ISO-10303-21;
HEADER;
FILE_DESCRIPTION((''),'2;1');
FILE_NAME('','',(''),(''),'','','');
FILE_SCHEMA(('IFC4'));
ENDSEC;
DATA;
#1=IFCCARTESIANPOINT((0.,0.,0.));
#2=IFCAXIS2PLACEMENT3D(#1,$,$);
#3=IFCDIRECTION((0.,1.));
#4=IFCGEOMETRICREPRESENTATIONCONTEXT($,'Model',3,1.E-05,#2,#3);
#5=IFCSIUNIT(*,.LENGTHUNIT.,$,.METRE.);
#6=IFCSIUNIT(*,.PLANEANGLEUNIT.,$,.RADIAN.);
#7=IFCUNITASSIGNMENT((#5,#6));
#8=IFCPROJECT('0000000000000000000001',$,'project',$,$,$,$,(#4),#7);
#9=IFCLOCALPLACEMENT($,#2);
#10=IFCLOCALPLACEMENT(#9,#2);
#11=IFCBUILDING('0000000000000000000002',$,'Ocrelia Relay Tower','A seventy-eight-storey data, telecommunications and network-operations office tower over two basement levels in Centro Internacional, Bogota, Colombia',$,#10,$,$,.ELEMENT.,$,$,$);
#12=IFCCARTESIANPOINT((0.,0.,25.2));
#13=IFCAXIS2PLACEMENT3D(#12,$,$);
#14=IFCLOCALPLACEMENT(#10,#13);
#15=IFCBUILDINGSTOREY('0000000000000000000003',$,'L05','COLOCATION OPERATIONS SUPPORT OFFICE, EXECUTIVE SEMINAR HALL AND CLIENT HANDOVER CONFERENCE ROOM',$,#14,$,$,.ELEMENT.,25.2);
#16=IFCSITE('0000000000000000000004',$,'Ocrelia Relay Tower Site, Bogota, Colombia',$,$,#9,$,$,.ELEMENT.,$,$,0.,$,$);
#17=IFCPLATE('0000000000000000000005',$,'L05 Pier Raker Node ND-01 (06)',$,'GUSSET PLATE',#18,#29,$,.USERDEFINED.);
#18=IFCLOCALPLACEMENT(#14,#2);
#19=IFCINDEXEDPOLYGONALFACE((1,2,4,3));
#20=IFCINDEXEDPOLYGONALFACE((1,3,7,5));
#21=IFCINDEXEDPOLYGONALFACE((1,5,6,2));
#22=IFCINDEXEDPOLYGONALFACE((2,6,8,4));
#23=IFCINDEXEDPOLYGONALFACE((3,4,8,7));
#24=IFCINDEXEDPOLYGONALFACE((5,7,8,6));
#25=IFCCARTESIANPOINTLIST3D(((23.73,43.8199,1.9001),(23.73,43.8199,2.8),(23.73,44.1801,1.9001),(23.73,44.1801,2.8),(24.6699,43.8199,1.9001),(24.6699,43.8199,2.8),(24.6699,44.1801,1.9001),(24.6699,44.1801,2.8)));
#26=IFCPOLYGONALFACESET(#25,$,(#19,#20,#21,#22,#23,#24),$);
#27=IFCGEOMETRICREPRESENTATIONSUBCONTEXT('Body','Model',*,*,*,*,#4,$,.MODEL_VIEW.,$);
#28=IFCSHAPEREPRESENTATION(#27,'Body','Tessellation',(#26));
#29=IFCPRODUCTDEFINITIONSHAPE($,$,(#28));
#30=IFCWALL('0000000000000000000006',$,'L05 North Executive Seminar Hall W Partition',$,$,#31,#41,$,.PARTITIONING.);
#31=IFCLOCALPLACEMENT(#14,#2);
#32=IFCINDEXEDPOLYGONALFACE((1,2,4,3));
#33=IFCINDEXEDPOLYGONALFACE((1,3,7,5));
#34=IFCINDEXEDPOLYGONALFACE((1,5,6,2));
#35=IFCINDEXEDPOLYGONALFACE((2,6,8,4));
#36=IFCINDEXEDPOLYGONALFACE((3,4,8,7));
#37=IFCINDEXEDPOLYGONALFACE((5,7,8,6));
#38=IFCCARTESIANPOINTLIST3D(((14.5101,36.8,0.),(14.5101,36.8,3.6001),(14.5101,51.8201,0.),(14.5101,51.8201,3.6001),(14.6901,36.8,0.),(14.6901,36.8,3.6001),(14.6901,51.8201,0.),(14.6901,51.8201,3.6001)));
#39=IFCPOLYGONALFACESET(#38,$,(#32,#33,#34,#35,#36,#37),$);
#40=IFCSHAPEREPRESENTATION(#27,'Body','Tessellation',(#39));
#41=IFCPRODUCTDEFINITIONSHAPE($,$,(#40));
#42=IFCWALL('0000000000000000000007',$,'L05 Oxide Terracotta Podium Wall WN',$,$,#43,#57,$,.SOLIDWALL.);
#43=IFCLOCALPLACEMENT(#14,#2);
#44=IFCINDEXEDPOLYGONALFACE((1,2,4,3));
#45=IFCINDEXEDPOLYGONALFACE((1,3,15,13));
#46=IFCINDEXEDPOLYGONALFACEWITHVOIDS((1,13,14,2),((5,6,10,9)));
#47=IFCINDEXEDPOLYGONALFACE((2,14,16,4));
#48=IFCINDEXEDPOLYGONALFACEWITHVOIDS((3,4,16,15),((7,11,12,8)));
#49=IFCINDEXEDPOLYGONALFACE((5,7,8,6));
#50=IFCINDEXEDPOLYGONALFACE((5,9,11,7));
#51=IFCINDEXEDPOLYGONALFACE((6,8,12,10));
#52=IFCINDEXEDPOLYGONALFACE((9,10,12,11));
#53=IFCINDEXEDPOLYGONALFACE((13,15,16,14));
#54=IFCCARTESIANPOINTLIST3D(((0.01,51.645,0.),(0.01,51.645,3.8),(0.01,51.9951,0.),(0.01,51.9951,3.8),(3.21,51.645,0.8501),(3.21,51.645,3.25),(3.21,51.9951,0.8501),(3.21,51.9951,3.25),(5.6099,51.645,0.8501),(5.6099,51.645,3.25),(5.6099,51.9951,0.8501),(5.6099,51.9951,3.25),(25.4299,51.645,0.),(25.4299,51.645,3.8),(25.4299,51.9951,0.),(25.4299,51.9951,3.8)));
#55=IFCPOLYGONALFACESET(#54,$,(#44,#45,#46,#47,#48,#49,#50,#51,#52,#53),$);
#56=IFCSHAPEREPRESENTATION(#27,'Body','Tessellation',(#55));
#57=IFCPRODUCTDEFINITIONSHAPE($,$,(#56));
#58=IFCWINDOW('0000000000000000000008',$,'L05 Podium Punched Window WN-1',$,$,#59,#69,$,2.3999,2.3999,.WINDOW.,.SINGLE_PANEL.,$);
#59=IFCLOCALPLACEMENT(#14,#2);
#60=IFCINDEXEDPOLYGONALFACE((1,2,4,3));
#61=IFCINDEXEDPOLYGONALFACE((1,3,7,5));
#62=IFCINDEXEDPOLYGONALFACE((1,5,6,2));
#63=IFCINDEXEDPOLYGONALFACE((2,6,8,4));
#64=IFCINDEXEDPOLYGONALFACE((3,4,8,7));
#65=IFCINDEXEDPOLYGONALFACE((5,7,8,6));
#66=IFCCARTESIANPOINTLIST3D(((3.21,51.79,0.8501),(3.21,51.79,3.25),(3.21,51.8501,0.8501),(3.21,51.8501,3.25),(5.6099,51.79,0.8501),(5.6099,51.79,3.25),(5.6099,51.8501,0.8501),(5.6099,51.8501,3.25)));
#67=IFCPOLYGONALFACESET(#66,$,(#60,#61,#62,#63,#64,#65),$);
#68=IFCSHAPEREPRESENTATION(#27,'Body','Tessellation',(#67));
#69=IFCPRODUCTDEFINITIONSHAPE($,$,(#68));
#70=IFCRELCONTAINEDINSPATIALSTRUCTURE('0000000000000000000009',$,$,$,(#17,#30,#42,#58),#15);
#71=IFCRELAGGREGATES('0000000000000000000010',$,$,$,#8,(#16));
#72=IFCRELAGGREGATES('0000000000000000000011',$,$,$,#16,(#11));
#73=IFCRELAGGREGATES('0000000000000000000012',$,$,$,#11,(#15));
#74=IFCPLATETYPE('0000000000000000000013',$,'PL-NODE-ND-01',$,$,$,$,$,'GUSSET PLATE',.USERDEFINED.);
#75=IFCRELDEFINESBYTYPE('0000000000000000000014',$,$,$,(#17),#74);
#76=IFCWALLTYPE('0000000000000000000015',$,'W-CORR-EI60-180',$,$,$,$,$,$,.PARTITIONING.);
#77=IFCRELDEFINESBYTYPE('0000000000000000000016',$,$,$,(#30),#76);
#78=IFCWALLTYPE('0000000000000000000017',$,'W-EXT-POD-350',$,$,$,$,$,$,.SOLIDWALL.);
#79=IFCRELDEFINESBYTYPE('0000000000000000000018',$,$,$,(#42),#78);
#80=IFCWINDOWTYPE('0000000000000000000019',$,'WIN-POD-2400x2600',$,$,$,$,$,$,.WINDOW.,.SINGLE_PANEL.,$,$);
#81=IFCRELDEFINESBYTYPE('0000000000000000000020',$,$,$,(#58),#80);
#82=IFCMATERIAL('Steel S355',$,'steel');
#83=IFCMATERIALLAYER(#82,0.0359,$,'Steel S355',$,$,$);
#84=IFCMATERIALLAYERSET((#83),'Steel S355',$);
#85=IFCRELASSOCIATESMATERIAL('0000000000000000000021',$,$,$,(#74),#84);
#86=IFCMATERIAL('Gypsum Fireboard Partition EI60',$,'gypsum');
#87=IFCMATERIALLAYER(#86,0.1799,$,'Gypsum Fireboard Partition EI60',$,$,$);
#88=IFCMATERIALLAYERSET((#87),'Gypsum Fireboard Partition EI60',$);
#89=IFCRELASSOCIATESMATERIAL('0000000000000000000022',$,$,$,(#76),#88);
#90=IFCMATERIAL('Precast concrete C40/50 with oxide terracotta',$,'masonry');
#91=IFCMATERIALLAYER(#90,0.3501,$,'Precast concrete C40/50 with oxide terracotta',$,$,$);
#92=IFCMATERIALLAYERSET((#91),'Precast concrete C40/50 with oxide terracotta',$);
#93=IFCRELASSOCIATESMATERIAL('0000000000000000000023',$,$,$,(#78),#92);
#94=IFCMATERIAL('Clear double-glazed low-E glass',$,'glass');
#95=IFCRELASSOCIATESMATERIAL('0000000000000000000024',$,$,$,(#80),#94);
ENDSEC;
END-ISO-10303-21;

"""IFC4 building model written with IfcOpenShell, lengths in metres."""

from ifc_helpers import new_model, si_unit, direction, frame, frame_2d, origin, origin_2d, place, context, subcontext, project, spatial, rectangle, extrude, material, layer, layer_set, type_object, element, fill, save


model = new_model("IFC4")

# Units and contexts
model_context = context("Model", 3, precision=1e-05, world=origin(), true_north=direction((0.0, 1.0)))
body_context = subcontext(model_context, "Body", "Model", "MODEL_VIEW")
ifc_project = project(units=[si_unit("LENGTHUNIT", "METRE"), si_unit("PLANEANGLEUNIT", "RADIAN")], contexts=[model_context])

# Site, building, storey
site_placement = place(None, origin())
site = spatial("IfcSite", under=ifc_project, at=site_placement, Name="Ocrelia Relay Tower Site, Bogota, Colombia", CompositionType="ELEMENT", RefElevation=0.0)
building_placement = place(site_placement, origin())
building = spatial("IfcBuilding", under=site, at=building_placement, Name="Ocrelia Relay Tower", Description="A seventy-eight-storey data, telecommunications and network-operations office tower over two basement levels in Centro Internacional, Bogota, Colombia", CompositionType="ELEMENT")
storey_placement = place(building_placement, frame((0.0, 0.0, 25.2)))
storey = spatial("IfcBuildingStorey", under=building, at=storey_placement, Name="L05", Description="COLOCATION OPERATIONS SUPPORT OFFICE, EXECUTIVE SEMINAR HALL AND CLIENT HANDOVER CONFERENCE ROOM", CompositionType="ELEMENT", Elevation=25.2)

# Shared definitions
ifc_material_1 = material(Name="Steel S355", Category="steel")

# Plate
ifc_layer_1 = layer(ifc_material_1, 0.0359, Name="Steel S355")
ifc_layer_set_1 = layer_set([ifc_layer_1], Name="Steel S355")
plate_type = type_object("IfcPlateType", Name="PL-NODE-ND-01", ElementType="GUSSET PLATE", PredefinedType="USERDEFINED", material=ifc_layer_set_1)
plate_placement = place(storey_placement, frame((24.2, 44.0, 1.9001), z_axis=(0.0, 0.0, 1.0), x_axis=(1.0, 0.0, 0.0)))
element("IfcPlate", 1, at=plate_placement, inside=storey, type_object=plate_type, Name="L05 Pier Raker Node ND-01 (06)", ObjectType="GUSSET PLATE", PredefinedType="USERDEFINED", context=body_context, shape_type="SweptSolid", body=[
    extrude(rectangle(XDim=0.9399, YDim=0.3601, at=origin_2d()), origin(), (0.0, 0.0, 1.0), 0.8999),
])

# Wall
ifc_material_2 = material(Name="Gypsum Fireboard Partition EI60", Category="gypsum")
ifc_layer_2 = layer(ifc_material_2, 0.1799, Name="Gypsum Fireboard Partition EI60")
ifc_layer_set_2 = layer_set([ifc_layer_2], Name="Gypsum Fireboard Partition EI60")
wall_type_1 = type_object("IfcWallType", Name="W-CORR-EI60-180", PredefinedType="PARTITIONING", material=ifc_layer_set_2)
wall_1_placement = place(storey_placement, frame((14.6001, 51.8201, 0.0), z_axis=(0.0, 0.0, 1.0), x_axis=(0.0, -1.0, 0.0)))
element("IfcWall", 2, at=wall_1_placement, inside=storey, type_object=wall_type_1, Name="L05 North Executive Seminar Hall W Partition", PredefinedType="PARTITIONING", context=body_context, shape_type="SweptSolid", body=[
    extrude(rectangle(XDim=15.02, YDim=0.1799, at=frame_2d((7.51, 0.0))), origin(), (0.0, 0.0, 1.0), 3.6001),
])

# Wall, opening, window
ifc_material_3 = material(Name="Precast concrete C40/50 with oxide terracotta", Category="masonry")
ifc_layer_3 = layer(ifc_material_3, 0.3501, Name="Precast concrete C40/50 with oxide terracotta")
ifc_layer_set_3 = layer_set([ifc_layer_3], Name="Precast concrete C40/50 with oxide terracotta")
wall_type_2 = type_object("IfcWallType", Name="W-EXT-POD-350", PredefinedType="SOLIDWALL", material=ifc_layer_set_3)
wall_2_placement = place(storey_placement, frame((0.01, 51.8201, 0.0), z_axis=(0.0, 0.0, 1.0), x_axis=(1.0, 0.0, 0.0)))
wall_2 = element("IfcWall", 3, at=wall_2_placement, inside=storey, type_object=wall_type_2, Name="L05 Oxide Terracotta Podium Wall WN", PredefinedType="SOLIDWALL", context=body_context, shape_type="SweptSolid", body=[
    extrude(rectangle(XDim=25.4199, YDim=0.3501, at=frame_2d((12.71, 0.0))), origin(), (0.0, 0.0, 1.0), 3.8),
])
opening_placement = place(wall_2_placement, frame((3.2, 0.0, 0.8501)))
opening = element("IfcOpeningElement", 4, at=opening_placement, cuts=wall_2, PredefinedType="OPENING", context=body_context, shape_type="SweptSolid", body=[
    extrude(rectangle(XDim=2.3999, YDim=2.3999, at=frame_2d((1.2, 1.2))), frame((0.0, 0.1851, 0.0), z_axis=(0.0, -1.0, 0.0), x_axis=(1.0, 0.0, 0.0)), (0.0, 0.0, 1.0), 0.3701),
])
ifc_material_4 = material(Name="Clear double-glazed low-E glass", Category="glass")
window_type = type_object("IfcWindowType", Name="WIN-POD-2400x2600", PartitioningType="SINGLE_PANEL", PredefinedType="WINDOW", material=ifc_material_4)
window_placement = place(opening_placement, origin())
window = element("IfcWindow", 5, at=window_placement, inside=storey, type_object=window_type, Name="L05 Podium Punched Window WN-1", OverallHeight=2.3999, OverallWidth=2.3999, PartitioningType="SINGLE_PANEL", PredefinedType="WINDOW", context=body_context, shape_type="SweptSolid", body=[
    extrude(rectangle(XDim=2.3999, YDim=2.3999, at=frame_2d((1.2, 1.2))), frame((0.0, 0.03, 0.0), z_axis=(0.0, -1.0, 0.0), x_axis=(1.0, 0.0, 0.0)), (0.0, 0.0, 1.0), 0.0601),
])
fill(opening, window)

save(model, "model.ifc")
